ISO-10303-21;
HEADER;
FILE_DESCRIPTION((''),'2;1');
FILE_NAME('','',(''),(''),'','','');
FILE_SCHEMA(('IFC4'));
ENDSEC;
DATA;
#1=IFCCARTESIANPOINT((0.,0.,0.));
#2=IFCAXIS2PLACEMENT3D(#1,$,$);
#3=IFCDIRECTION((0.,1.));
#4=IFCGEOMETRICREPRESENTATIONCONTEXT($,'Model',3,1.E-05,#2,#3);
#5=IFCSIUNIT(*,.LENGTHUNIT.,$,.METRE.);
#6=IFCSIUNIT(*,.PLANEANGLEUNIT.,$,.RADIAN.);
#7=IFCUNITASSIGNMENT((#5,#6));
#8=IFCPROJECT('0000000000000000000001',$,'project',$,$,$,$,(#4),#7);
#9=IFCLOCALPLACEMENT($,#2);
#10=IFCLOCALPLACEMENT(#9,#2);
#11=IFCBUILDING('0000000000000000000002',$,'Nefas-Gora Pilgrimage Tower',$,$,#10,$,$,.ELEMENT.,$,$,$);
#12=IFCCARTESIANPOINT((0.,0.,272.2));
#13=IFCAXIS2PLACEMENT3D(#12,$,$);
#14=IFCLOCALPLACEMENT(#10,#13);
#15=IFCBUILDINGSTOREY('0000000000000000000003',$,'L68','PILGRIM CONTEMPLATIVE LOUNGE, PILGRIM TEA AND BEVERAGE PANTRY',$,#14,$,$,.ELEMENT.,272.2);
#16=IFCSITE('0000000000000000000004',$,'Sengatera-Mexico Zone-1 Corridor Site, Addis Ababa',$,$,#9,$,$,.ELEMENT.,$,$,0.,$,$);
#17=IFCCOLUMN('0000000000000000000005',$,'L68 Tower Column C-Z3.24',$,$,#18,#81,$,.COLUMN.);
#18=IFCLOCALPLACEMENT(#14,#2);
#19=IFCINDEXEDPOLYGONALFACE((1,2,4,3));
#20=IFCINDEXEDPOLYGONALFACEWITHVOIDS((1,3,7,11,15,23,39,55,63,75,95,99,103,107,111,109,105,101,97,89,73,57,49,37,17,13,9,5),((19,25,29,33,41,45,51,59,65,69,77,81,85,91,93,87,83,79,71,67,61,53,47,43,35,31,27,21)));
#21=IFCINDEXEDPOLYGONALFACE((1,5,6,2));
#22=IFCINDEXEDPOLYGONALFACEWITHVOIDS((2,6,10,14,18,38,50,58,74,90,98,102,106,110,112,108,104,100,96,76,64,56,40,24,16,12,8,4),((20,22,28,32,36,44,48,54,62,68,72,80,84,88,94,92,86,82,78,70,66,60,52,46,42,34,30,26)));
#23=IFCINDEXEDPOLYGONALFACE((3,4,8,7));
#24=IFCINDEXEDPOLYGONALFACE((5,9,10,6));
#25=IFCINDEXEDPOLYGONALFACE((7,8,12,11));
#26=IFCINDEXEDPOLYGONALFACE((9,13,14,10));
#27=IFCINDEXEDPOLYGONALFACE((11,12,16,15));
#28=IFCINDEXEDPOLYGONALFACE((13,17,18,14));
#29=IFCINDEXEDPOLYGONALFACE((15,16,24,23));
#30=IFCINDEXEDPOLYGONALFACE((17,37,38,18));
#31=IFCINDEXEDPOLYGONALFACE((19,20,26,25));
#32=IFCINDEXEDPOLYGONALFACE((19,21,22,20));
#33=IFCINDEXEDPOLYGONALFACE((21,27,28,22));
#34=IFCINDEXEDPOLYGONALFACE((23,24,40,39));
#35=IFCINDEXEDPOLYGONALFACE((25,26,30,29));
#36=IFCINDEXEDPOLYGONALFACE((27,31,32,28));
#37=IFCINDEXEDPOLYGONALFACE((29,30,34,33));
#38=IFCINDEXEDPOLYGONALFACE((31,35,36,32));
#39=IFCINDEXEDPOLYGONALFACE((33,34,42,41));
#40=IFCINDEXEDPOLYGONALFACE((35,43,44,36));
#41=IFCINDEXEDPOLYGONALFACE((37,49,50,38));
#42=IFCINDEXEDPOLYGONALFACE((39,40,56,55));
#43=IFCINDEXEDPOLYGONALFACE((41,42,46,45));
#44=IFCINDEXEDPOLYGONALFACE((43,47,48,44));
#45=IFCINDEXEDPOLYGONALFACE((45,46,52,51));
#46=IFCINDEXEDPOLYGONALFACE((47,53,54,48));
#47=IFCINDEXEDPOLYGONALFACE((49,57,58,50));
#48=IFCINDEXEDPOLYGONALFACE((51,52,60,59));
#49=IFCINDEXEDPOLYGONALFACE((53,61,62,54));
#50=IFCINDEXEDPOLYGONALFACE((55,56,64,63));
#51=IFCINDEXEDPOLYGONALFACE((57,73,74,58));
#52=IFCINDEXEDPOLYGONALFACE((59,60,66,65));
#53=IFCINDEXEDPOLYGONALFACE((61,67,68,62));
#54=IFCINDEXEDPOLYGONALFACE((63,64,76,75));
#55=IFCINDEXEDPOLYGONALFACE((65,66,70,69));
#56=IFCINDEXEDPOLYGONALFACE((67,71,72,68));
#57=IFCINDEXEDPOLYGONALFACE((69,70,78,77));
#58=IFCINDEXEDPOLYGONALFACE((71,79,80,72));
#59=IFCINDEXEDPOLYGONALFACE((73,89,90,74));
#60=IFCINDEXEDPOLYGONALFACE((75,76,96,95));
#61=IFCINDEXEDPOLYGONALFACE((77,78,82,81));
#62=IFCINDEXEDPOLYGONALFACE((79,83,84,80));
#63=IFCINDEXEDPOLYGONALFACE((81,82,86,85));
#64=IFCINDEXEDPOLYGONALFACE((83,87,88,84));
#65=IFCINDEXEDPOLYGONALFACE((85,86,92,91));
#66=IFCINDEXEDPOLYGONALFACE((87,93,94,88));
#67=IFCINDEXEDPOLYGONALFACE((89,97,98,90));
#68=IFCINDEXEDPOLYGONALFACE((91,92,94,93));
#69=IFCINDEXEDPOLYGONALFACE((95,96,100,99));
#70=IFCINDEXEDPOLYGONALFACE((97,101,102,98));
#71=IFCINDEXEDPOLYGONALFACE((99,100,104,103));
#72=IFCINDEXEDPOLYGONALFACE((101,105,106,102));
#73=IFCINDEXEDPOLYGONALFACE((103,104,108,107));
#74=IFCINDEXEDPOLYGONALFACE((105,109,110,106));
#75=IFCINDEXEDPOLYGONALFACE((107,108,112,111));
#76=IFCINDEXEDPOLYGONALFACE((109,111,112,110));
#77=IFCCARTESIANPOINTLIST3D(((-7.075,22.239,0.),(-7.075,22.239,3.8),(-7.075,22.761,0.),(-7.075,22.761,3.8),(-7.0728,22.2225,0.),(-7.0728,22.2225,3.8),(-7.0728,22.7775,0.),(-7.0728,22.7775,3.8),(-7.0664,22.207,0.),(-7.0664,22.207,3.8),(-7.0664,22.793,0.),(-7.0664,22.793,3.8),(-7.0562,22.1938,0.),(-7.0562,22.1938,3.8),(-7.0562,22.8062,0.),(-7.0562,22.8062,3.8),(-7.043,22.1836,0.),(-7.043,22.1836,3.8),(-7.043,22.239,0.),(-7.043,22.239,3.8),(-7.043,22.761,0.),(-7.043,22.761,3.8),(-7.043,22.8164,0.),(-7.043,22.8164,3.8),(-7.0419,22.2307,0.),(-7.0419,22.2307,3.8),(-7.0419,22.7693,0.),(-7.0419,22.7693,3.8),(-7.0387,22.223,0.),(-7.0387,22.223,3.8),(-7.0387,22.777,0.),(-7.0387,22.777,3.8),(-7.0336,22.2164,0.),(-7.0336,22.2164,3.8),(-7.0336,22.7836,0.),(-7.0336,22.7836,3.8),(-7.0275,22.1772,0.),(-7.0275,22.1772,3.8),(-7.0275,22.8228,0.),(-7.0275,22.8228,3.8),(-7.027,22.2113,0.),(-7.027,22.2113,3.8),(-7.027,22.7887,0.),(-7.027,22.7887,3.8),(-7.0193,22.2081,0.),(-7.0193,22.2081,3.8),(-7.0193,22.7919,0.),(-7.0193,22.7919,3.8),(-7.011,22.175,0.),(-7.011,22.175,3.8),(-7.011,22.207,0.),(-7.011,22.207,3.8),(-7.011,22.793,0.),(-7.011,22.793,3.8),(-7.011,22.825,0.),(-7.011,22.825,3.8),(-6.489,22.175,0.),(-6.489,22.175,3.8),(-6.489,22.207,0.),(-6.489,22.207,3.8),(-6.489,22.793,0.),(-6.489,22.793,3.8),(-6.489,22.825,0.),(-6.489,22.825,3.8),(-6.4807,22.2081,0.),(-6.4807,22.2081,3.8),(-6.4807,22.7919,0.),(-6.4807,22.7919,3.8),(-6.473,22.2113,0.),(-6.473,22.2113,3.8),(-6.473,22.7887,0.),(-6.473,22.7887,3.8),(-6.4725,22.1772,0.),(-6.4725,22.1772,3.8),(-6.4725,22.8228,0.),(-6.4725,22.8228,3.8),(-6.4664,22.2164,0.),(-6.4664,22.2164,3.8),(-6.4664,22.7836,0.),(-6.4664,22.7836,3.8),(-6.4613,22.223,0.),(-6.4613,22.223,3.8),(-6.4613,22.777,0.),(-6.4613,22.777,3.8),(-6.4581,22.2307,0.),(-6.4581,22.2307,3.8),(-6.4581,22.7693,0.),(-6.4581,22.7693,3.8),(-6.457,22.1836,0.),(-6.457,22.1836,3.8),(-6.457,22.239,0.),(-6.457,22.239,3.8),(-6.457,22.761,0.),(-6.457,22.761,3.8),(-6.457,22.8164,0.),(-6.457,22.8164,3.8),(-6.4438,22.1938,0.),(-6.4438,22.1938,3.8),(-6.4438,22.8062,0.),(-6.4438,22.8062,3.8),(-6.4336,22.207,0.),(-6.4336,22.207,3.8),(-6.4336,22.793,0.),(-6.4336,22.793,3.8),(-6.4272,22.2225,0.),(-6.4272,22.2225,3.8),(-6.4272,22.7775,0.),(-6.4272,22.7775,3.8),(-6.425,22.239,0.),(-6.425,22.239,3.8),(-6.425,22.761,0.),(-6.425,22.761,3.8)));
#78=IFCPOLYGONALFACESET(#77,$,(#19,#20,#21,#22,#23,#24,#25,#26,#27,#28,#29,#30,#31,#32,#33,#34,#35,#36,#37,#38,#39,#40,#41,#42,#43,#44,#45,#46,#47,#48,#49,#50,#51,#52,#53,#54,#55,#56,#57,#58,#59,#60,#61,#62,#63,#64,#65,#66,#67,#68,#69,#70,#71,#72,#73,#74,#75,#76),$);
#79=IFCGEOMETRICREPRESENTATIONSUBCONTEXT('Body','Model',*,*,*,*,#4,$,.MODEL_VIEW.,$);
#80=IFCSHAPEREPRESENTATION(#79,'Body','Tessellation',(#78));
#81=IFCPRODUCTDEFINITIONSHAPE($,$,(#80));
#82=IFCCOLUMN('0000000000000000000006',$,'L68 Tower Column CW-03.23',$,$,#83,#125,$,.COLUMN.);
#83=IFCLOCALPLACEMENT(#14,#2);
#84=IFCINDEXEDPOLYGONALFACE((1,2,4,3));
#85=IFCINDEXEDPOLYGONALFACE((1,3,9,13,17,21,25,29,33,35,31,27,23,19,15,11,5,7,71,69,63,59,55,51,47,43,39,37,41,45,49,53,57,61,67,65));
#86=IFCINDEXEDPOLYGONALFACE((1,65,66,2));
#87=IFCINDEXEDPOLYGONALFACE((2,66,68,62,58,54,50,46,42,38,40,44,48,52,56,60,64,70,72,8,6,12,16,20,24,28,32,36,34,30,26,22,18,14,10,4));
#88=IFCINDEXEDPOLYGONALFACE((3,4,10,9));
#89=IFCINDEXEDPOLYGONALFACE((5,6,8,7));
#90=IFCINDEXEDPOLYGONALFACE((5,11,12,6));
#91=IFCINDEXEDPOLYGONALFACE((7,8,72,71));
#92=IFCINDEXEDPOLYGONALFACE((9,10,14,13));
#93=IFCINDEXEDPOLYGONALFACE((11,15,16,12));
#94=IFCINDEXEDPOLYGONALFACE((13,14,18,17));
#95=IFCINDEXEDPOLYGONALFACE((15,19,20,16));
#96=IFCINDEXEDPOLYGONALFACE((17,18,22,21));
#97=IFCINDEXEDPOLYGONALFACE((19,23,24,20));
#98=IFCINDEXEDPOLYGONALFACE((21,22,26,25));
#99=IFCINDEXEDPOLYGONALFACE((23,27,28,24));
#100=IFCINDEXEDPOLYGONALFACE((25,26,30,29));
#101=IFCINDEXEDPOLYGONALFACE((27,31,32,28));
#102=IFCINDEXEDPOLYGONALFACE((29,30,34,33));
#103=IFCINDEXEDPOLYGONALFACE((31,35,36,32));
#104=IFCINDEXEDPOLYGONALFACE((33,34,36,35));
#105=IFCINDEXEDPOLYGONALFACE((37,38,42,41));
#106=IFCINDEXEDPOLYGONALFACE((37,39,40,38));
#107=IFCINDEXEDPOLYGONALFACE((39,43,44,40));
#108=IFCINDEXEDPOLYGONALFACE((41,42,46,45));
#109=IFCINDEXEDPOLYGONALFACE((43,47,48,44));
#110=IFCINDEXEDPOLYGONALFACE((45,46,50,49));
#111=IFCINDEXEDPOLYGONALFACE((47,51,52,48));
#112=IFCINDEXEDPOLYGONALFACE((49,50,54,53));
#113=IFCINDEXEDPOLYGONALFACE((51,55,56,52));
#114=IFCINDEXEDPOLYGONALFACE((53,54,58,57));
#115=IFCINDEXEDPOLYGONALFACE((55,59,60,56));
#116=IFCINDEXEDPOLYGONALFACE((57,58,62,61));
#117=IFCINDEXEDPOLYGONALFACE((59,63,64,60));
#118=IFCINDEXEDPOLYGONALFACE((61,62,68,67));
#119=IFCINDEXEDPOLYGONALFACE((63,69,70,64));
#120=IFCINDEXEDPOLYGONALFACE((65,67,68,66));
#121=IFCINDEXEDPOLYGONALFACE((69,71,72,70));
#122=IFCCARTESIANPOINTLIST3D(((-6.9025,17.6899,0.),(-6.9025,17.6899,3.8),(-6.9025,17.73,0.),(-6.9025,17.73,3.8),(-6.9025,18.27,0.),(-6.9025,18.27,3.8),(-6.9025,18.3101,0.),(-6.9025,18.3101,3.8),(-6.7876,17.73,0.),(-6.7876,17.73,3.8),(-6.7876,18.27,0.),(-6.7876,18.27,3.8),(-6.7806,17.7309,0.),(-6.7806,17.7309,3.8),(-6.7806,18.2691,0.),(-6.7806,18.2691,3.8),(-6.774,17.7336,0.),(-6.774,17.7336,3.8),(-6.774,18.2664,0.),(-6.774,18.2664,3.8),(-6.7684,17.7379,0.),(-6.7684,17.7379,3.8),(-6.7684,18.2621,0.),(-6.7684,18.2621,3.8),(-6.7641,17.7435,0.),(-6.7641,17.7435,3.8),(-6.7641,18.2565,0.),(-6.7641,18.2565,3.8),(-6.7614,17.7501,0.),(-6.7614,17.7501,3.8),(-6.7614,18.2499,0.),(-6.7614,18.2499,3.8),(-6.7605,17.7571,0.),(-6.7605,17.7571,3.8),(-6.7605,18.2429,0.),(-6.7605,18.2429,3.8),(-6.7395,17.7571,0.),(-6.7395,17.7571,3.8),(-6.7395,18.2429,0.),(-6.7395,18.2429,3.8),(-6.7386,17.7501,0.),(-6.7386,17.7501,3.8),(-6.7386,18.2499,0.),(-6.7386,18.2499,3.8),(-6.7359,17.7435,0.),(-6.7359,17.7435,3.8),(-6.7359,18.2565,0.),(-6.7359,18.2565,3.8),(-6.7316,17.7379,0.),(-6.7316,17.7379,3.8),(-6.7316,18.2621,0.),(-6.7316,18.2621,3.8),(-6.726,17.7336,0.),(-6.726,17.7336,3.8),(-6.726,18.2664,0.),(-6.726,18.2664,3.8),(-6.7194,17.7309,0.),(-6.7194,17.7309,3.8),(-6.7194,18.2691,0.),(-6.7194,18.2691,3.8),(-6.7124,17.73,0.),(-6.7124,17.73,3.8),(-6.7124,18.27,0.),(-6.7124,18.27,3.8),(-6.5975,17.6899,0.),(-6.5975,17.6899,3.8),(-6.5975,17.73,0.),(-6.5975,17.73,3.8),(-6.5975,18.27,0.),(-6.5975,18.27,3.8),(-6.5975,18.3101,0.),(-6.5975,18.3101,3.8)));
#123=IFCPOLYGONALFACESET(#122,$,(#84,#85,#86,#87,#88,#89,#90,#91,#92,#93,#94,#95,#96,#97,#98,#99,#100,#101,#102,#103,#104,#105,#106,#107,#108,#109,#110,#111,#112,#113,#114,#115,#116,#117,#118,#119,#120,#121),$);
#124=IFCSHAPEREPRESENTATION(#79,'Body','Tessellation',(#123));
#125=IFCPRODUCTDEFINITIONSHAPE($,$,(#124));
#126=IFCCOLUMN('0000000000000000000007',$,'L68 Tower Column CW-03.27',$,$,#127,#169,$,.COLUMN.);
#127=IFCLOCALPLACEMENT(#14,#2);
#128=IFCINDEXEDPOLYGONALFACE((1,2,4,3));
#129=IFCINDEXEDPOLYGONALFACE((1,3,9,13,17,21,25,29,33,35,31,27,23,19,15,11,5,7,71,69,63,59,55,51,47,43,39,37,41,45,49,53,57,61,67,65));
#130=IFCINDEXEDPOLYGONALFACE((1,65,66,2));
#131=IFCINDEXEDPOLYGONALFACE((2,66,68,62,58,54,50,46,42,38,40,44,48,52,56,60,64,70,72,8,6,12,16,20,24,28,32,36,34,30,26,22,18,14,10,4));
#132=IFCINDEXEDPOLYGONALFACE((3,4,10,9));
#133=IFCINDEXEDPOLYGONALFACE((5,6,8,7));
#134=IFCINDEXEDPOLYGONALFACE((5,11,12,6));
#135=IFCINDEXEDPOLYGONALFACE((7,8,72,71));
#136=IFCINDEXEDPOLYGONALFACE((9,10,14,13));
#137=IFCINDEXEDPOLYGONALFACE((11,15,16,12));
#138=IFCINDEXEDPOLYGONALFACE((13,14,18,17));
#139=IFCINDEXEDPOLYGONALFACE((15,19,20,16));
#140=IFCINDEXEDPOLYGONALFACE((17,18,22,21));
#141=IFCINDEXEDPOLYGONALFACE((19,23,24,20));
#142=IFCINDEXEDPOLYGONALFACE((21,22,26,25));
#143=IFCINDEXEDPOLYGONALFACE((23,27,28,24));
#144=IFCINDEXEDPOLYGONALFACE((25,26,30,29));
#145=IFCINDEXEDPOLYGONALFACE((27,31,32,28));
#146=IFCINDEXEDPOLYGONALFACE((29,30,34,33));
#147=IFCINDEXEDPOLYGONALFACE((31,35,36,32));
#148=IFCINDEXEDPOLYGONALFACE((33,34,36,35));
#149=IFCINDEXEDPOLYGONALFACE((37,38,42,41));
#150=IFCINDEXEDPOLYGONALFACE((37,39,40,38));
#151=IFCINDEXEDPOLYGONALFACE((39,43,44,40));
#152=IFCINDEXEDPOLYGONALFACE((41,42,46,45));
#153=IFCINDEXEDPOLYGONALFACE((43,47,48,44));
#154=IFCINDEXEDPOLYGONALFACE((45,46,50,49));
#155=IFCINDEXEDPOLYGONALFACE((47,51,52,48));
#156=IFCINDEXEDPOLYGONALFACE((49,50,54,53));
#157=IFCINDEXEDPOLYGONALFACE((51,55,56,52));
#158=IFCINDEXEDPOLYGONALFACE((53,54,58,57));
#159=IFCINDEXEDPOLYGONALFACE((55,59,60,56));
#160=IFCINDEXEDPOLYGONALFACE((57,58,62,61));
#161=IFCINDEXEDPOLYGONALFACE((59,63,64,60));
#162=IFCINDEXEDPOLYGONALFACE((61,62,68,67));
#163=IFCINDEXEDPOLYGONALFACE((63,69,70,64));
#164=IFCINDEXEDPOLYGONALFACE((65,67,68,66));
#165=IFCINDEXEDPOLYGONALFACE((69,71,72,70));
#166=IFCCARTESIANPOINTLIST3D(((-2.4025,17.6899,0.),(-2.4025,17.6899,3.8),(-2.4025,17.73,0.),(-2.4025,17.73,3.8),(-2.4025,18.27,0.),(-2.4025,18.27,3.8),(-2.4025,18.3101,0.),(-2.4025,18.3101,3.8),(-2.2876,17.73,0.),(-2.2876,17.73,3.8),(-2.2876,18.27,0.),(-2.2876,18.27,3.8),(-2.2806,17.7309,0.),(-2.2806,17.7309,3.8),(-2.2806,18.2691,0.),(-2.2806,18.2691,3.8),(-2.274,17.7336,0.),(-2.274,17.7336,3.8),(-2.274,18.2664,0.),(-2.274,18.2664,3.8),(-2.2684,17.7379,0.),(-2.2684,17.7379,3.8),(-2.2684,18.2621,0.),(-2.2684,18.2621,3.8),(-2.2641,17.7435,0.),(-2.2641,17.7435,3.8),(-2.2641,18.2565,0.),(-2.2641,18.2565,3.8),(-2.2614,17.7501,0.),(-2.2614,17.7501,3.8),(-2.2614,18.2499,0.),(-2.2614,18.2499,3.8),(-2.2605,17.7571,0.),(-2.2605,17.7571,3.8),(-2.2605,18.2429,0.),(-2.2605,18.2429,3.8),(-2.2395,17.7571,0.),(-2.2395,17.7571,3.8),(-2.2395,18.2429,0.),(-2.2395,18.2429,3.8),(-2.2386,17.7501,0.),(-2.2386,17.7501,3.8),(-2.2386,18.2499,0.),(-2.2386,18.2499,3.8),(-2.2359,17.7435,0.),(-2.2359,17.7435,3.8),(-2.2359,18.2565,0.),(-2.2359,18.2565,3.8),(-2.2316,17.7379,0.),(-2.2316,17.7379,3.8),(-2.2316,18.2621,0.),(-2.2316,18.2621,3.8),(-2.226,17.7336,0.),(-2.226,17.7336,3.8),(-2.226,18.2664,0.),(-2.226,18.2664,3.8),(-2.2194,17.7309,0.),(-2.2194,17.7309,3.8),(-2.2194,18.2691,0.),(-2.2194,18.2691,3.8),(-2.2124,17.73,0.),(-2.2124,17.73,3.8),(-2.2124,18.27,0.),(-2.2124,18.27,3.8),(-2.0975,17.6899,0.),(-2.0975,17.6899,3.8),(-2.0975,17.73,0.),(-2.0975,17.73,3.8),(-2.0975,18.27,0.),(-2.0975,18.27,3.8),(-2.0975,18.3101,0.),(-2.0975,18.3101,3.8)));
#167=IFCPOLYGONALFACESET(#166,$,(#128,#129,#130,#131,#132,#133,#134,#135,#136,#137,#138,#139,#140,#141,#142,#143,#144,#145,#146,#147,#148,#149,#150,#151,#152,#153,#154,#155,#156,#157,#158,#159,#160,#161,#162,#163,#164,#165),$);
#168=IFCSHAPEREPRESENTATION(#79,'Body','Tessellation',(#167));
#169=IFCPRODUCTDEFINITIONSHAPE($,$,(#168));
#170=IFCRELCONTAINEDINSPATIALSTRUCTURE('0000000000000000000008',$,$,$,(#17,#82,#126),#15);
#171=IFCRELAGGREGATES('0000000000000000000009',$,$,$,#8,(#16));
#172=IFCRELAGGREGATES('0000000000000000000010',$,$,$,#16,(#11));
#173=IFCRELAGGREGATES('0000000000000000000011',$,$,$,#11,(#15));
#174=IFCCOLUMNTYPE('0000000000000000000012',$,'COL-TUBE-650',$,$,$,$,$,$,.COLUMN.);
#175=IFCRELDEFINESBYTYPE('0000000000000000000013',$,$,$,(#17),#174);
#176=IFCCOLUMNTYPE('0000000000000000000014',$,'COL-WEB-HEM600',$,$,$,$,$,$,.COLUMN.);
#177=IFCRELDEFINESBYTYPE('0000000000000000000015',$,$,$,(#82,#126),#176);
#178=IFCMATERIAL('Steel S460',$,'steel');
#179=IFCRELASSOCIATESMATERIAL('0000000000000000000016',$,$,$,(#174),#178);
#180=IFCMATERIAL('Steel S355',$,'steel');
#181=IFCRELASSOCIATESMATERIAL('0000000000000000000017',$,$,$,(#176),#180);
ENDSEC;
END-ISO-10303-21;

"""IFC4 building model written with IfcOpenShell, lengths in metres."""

from ifc_helpers import new_model, si_unit, direction, frame, origin, origin_2d, place, context, subcontext, project, spatial, hollow_rectangle, i_section, extrude, source, transform, mapped, material, material_profile, profile_set, type_object, element, save


model = new_model("IFC4")

# Units and contexts
model_context = context("Model", 3, precision=1e-05, world=origin(), true_north=direction((0.0, 1.0)))
body_context = subcontext(model_context, "Body", "Model", "MODEL_VIEW")
ifc_project = project(units=[si_unit("LENGTHUNIT", "METRE"), si_unit("PLANEANGLEUNIT", "RADIAN")], contexts=[model_context])

# Site, building, storey
site_placement = place(None, origin())
site = spatial("IfcSite", under=ifc_project, at=site_placement, Name="Sengatera-Mexico Zone-1 Corridor Site, Addis Ababa", CompositionType="ELEMENT", RefElevation=0.0)
building_placement = place(site_placement, origin())
building = spatial("IfcBuilding", under=site, at=building_placement, Name="Nefas-Gora Pilgrimage Tower", CompositionType="ELEMENT")
storey_placement = place(building_placement, frame((0.0, 0.0, 272.2)))
storey = spatial("IfcBuildingStorey", under=building, at=storey_placement, Name="L68", Description="PILGRIM CONTEMPLATIVE LOUNGE, PILGRIM TEA AND BEVERAGE PANTRY", CompositionType="ELEMENT", Elevation=272.2)

# Columns
ifc_material_1 = material(Name="Steel S460", Category="steel")
ifc_material_profile_1 = material_profile(ifc_material_1, hollow_rectangle(XDim=0.6499, YDim=0.6499, WallThickness=0.032, InnerFilletRadius=0.032, OuterFilletRadius=0.064, at=origin_2d()), Name="BOX 650x650x32")
ifc_profile_set_1 = profile_set([ifc_material_profile_1], Name="Steel S460")
column_type_1 = type_object("IfcColumnType", Name="COL-TUBE-650", PredefinedType="COLUMN", material=ifc_profile_set_1)
shared_shape_1 = source(origin(), body_context, "Body", "SweptSolid", [
    extrude(hollow_rectangle(XDim=0.6499, YDim=0.6499, WallThickness=0.032, InnerFilletRadius=0.032, OuterFilletRadius=0.064, at=origin_2d()), origin(), (0.0, 0.0, 1.0), 3.8),
])
column_placement = place(storey_placement, frame((-6.75, 22.5, 0.0), z_axis=(0.0, 0.0, 1.0), x_axis=(1.0, 0.0, 0.0)))
element("IfcColumn", 1, at=column_placement, inside=storey, type_object=column_type_1, Name="L68 Tower Column C-Z3.24", PredefinedType="COLUMN", context=body_context, shape_type="MappedRepresentation", body=[
    mapped(shared_shape_1, transform((0.0, 0.0, 0.0), x_axis=(1.0, 0.0, 0.0), y_axis=(0.0, 1.0, 0.0), z_axis=(0.0, 0.0, 1.0), scale=1.0)),
])
ifc_material_2 = material(Name="Steel S355", Category="steel")
ifc_material_profile_2 = material_profile(ifc_material_2, i_section(OverallWidth=0.3049, OverallDepth=0.6201, WebThickness=0.021, FlangeThickness=0.04, FilletRadius=0.0271, at=origin_2d()), Name="HEM 600")
ifc_profile_set_2 = profile_set([ifc_material_profile_2], Name="Steel S355")
column_type_2 = type_object("IfcColumnType", Name="COL-WEB-HEM600", PredefinedType="COLUMN", material=ifc_profile_set_2)
shared_shape_2 = source(origin(), body_context, "Body", "SweptSolid", [
    extrude(i_section(OverallWidth=0.3049, OverallDepth=0.6201, WebThickness=0.021, FlangeThickness=0.04, FilletRadius=0.0271, at=origin_2d()), origin(), (0.0, 0.0, 1.0), 3.8),
])
for number, where, z_axis, x_axis, name in (
    (2, (-6.75, 18.0, 0.0), (0.0, 0.0, 1.0), (1.0, 0.0, 0.0), "L68 Tower Column CW-03.23"),
    (3, (-2.25, 18.0, 0.0), (0.0, 0.0, 1.0), (1.0, 0.0, 0.0), "L68 Tower Column CW-03.27"),
):
    element("IfcColumn", number, at=place(storey_placement, frame(where, z_axis=z_axis, x_axis=x_axis)), inside=storey, type_object=column_type_2, Name=name, PredefinedType="COLUMN", context=body_context, shape_type="MappedRepresentation", body=[
        mapped(shared_shape_2, transform((0.0, 0.0, 0.0), x_axis=(1.0, 0.0, 0.0), y_axis=(0.0, 1.0, 0.0), z_axis=(0.0, 0.0, 1.0), scale=1.0)),
    ])

save(model, "model.ifc")
